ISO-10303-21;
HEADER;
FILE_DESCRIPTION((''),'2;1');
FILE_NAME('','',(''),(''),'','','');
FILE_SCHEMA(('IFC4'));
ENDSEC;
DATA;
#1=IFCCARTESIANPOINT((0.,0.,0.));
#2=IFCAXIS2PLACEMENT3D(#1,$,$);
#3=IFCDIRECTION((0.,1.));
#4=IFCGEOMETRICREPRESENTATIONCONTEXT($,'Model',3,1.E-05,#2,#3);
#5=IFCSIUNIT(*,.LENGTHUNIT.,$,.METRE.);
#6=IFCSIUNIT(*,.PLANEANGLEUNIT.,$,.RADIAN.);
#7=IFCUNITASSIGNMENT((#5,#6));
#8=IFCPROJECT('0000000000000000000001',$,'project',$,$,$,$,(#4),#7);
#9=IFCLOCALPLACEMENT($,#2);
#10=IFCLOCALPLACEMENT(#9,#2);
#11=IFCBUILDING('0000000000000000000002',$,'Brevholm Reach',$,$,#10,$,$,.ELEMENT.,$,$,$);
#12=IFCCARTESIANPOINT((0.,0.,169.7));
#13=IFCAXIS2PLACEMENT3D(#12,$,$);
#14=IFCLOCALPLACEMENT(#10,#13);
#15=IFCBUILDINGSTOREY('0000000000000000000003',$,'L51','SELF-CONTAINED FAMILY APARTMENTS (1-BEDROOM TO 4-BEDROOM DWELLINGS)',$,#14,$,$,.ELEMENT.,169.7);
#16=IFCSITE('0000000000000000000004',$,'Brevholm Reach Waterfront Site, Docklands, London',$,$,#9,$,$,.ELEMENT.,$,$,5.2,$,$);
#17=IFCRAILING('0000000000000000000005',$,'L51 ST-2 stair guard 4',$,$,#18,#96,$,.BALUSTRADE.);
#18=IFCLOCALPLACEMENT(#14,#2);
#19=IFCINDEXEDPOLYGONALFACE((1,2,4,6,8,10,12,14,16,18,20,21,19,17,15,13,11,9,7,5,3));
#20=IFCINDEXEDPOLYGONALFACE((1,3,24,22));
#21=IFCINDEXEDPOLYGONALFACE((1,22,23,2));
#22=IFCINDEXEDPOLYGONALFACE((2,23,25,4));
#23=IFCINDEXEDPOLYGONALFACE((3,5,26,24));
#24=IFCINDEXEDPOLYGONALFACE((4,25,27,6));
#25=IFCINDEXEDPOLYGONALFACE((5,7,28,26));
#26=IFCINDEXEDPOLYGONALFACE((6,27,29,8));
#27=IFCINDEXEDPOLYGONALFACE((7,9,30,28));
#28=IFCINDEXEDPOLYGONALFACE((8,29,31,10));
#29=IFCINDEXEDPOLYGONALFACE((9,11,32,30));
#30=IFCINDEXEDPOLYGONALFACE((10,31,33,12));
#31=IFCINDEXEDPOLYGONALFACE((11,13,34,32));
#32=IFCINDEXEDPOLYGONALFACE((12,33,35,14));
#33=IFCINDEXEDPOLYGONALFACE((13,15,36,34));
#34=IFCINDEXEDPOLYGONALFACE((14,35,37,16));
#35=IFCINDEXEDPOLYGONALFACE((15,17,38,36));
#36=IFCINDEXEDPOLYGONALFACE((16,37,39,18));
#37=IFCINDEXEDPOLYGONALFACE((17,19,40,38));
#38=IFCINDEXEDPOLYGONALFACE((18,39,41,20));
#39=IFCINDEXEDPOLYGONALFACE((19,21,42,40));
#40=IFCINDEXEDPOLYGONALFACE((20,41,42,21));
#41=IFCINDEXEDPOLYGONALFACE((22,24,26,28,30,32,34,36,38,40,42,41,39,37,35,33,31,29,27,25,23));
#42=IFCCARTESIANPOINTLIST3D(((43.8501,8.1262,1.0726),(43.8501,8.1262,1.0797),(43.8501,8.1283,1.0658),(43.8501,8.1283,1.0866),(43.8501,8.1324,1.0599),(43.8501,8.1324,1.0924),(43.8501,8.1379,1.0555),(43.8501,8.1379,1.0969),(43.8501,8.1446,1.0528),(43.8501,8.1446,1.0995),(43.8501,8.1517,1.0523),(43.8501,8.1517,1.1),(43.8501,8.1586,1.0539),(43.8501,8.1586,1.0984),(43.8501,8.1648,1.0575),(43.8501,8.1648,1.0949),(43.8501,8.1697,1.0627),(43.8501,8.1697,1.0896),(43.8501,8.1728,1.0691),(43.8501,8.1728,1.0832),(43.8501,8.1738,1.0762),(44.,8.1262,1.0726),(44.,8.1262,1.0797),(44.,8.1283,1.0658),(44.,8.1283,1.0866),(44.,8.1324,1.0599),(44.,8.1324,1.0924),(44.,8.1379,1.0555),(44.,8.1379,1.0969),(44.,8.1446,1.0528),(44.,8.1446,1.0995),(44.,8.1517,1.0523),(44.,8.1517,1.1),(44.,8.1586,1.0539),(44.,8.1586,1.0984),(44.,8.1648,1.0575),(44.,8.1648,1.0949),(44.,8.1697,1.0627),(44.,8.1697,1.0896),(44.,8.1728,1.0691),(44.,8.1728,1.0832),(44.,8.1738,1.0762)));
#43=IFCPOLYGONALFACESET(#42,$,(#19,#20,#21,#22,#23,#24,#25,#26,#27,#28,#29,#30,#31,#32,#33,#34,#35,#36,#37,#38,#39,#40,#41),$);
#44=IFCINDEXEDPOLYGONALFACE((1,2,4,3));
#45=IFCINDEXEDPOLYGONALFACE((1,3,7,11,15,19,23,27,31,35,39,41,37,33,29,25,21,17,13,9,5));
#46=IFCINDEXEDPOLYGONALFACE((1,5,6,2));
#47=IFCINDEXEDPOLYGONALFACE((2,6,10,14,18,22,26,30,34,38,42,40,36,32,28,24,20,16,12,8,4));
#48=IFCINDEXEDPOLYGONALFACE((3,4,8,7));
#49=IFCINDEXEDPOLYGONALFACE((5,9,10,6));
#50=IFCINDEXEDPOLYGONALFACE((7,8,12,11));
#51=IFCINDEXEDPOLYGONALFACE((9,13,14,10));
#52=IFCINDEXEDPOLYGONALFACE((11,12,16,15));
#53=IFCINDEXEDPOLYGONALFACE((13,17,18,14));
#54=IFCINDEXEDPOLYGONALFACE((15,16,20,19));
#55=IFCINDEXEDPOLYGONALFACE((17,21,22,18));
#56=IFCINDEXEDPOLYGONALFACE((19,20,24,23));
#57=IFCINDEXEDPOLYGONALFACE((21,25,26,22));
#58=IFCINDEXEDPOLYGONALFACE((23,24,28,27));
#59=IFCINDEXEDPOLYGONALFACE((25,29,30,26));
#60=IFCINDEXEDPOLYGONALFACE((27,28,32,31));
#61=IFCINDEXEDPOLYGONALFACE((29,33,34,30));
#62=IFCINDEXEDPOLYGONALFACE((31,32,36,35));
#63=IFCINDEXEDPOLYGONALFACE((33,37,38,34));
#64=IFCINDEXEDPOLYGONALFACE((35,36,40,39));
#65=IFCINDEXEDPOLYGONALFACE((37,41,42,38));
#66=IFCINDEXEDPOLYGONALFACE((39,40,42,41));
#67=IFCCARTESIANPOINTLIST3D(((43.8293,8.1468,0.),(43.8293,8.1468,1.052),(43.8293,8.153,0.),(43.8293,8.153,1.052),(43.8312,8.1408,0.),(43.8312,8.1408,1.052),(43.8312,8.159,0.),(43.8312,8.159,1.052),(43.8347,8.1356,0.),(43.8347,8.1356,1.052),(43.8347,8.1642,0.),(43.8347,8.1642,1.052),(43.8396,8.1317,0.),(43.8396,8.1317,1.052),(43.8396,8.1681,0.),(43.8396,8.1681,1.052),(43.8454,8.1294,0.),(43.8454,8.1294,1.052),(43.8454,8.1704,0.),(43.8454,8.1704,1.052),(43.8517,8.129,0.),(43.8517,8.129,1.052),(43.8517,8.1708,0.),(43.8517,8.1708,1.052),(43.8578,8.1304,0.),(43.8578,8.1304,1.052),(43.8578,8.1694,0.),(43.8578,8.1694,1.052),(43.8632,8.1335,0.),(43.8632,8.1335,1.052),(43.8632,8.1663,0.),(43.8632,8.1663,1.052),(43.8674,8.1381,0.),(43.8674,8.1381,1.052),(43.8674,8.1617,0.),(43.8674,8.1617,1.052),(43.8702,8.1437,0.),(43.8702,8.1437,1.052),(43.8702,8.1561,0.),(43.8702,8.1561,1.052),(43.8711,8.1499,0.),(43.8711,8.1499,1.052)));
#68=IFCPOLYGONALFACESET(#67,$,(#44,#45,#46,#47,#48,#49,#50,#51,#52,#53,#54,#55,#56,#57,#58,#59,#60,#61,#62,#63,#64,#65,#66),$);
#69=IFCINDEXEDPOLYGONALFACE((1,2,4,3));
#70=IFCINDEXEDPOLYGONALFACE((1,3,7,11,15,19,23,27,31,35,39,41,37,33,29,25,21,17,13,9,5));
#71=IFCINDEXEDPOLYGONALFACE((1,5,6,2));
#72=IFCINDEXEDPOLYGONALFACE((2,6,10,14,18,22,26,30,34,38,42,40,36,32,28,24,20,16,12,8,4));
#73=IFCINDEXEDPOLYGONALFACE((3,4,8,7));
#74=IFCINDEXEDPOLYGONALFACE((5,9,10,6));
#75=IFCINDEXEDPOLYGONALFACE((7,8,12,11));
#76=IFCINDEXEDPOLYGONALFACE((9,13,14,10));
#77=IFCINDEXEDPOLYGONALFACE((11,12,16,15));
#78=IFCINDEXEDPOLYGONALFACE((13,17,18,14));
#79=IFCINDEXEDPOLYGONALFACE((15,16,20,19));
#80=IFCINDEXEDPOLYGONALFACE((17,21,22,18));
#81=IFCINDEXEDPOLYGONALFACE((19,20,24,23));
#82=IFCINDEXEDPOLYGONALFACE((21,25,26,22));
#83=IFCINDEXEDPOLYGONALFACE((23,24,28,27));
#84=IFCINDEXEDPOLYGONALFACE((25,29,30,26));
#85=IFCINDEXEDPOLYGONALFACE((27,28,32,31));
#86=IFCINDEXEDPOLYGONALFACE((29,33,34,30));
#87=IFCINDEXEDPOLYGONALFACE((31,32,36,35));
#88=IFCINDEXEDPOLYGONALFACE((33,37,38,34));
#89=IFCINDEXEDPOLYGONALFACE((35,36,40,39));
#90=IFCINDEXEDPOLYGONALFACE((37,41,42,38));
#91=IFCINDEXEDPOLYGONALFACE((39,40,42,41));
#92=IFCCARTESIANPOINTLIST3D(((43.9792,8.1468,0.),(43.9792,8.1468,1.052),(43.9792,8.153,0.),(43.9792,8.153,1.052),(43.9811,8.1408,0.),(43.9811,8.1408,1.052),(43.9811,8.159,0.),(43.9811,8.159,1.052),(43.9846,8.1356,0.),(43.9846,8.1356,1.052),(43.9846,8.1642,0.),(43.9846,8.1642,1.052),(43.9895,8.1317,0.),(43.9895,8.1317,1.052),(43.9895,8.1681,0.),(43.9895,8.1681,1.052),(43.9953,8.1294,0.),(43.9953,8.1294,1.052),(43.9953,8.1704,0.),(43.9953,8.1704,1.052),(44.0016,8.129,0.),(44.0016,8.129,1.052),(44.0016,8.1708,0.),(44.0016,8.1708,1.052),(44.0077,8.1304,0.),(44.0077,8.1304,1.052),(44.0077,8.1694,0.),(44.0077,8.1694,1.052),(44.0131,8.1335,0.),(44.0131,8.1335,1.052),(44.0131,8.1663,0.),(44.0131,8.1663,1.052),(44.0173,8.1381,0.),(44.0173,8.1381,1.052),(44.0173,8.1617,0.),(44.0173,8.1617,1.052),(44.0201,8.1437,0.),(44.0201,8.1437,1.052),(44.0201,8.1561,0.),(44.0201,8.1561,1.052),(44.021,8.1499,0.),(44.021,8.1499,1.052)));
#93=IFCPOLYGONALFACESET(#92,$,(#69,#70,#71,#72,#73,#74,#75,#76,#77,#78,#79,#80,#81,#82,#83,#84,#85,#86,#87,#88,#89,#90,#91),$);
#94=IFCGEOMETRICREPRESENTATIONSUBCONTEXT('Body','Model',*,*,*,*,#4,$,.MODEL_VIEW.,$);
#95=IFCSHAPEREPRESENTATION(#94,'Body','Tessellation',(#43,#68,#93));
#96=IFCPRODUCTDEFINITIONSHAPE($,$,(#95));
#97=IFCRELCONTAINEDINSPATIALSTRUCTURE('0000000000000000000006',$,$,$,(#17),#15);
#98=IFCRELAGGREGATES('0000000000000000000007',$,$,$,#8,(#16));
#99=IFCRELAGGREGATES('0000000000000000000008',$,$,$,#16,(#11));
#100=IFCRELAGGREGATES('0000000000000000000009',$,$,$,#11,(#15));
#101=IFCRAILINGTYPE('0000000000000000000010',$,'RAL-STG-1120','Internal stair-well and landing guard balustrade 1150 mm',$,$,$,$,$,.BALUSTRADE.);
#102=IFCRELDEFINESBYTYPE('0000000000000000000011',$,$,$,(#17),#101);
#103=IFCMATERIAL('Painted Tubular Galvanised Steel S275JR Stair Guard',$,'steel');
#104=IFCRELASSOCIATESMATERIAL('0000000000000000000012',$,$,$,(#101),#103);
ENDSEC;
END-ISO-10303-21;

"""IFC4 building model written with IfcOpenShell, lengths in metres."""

from ifc_helpers import new_model, si_unit, direction, frame, origin, origin_2d, place, context, subcontext, project, spatial, circle, extrude, material, type_object, element, save


model = new_model("IFC4")

# Units and contexts
model_context = context("Model", 3, precision=1e-05, world=origin(), true_north=direction((0.0, 1.0)))
body_context = subcontext(model_context, "Body", "Model", "MODEL_VIEW")
ifc_project = project(units=[si_unit("LENGTHUNIT", "METRE"), si_unit("PLANEANGLEUNIT", "RADIAN")], contexts=[model_context])

# Site, building, storey
site_placement = place(None, origin())
site = spatial("IfcSite", under=ifc_project, at=site_placement, Name="Brevholm Reach Waterfront Site, Docklands, London", CompositionType="ELEMENT", RefElevation=5.2)
building_placement = place(site_placement, origin())
building = spatial("IfcBuilding", under=site, at=building_placement, Name="Brevholm Reach", CompositionType="ELEMENT")
storey_placement = place(building_placement, frame((0.0, 0.0, 169.7)))
storey = spatial("IfcBuildingStorey", under=building, at=storey_placement, Name="L51", Description="SELF-CONTAINED FAMILY APARTMENTS (1-BEDROOM TO 4-BEDROOM DWELLINGS)", CompositionType="ELEMENT", Elevation=169.7)

# Railing
ifc_material_1 = material(Name="Painted Tubular Galvanised Steel S275JR Stair Guard", Category="steel")
railing_type_1 = type_object("IfcRailingType", Name="RAL-STG-1120", Description="Internal stair-well and landing guard balustrade 1150 mm", PredefinedType="BALUSTRADE", material=ifc_material_1)
railing_1_placement = place(storey_placement, frame((43.8501, 8.1499, 0.0)))
element("IfcRailing", 1, at=railing_1_placement, inside=storey, type_object=railing_type_1, Name="L51 ST-2 stair guard 4", PredefinedType="BALUSTRADE", context=body_context, shape_type="SweptSolid", body=[
    extrude(circle(Radius=0.0239, at=origin_2d()), frame((0.0, 0.0, 1.0762), z_axis=(1.0, 0.0, 0.0), x_axis=(0.0, 1.0, 0.0)), (0.0, 0.0, 1.0), 0.1499),
    extrude(circle(Radius=0.021, at=origin_2d()), origin(), (0.0, 0.0, 1.0), 1.052),
    extrude(circle(Radius=0.021, at=origin_2d()), frame((0.1499, 0.0, 0.0)), (0.0, 0.0, 1.0), 1.052),
])

save(model, "model.ifc")
